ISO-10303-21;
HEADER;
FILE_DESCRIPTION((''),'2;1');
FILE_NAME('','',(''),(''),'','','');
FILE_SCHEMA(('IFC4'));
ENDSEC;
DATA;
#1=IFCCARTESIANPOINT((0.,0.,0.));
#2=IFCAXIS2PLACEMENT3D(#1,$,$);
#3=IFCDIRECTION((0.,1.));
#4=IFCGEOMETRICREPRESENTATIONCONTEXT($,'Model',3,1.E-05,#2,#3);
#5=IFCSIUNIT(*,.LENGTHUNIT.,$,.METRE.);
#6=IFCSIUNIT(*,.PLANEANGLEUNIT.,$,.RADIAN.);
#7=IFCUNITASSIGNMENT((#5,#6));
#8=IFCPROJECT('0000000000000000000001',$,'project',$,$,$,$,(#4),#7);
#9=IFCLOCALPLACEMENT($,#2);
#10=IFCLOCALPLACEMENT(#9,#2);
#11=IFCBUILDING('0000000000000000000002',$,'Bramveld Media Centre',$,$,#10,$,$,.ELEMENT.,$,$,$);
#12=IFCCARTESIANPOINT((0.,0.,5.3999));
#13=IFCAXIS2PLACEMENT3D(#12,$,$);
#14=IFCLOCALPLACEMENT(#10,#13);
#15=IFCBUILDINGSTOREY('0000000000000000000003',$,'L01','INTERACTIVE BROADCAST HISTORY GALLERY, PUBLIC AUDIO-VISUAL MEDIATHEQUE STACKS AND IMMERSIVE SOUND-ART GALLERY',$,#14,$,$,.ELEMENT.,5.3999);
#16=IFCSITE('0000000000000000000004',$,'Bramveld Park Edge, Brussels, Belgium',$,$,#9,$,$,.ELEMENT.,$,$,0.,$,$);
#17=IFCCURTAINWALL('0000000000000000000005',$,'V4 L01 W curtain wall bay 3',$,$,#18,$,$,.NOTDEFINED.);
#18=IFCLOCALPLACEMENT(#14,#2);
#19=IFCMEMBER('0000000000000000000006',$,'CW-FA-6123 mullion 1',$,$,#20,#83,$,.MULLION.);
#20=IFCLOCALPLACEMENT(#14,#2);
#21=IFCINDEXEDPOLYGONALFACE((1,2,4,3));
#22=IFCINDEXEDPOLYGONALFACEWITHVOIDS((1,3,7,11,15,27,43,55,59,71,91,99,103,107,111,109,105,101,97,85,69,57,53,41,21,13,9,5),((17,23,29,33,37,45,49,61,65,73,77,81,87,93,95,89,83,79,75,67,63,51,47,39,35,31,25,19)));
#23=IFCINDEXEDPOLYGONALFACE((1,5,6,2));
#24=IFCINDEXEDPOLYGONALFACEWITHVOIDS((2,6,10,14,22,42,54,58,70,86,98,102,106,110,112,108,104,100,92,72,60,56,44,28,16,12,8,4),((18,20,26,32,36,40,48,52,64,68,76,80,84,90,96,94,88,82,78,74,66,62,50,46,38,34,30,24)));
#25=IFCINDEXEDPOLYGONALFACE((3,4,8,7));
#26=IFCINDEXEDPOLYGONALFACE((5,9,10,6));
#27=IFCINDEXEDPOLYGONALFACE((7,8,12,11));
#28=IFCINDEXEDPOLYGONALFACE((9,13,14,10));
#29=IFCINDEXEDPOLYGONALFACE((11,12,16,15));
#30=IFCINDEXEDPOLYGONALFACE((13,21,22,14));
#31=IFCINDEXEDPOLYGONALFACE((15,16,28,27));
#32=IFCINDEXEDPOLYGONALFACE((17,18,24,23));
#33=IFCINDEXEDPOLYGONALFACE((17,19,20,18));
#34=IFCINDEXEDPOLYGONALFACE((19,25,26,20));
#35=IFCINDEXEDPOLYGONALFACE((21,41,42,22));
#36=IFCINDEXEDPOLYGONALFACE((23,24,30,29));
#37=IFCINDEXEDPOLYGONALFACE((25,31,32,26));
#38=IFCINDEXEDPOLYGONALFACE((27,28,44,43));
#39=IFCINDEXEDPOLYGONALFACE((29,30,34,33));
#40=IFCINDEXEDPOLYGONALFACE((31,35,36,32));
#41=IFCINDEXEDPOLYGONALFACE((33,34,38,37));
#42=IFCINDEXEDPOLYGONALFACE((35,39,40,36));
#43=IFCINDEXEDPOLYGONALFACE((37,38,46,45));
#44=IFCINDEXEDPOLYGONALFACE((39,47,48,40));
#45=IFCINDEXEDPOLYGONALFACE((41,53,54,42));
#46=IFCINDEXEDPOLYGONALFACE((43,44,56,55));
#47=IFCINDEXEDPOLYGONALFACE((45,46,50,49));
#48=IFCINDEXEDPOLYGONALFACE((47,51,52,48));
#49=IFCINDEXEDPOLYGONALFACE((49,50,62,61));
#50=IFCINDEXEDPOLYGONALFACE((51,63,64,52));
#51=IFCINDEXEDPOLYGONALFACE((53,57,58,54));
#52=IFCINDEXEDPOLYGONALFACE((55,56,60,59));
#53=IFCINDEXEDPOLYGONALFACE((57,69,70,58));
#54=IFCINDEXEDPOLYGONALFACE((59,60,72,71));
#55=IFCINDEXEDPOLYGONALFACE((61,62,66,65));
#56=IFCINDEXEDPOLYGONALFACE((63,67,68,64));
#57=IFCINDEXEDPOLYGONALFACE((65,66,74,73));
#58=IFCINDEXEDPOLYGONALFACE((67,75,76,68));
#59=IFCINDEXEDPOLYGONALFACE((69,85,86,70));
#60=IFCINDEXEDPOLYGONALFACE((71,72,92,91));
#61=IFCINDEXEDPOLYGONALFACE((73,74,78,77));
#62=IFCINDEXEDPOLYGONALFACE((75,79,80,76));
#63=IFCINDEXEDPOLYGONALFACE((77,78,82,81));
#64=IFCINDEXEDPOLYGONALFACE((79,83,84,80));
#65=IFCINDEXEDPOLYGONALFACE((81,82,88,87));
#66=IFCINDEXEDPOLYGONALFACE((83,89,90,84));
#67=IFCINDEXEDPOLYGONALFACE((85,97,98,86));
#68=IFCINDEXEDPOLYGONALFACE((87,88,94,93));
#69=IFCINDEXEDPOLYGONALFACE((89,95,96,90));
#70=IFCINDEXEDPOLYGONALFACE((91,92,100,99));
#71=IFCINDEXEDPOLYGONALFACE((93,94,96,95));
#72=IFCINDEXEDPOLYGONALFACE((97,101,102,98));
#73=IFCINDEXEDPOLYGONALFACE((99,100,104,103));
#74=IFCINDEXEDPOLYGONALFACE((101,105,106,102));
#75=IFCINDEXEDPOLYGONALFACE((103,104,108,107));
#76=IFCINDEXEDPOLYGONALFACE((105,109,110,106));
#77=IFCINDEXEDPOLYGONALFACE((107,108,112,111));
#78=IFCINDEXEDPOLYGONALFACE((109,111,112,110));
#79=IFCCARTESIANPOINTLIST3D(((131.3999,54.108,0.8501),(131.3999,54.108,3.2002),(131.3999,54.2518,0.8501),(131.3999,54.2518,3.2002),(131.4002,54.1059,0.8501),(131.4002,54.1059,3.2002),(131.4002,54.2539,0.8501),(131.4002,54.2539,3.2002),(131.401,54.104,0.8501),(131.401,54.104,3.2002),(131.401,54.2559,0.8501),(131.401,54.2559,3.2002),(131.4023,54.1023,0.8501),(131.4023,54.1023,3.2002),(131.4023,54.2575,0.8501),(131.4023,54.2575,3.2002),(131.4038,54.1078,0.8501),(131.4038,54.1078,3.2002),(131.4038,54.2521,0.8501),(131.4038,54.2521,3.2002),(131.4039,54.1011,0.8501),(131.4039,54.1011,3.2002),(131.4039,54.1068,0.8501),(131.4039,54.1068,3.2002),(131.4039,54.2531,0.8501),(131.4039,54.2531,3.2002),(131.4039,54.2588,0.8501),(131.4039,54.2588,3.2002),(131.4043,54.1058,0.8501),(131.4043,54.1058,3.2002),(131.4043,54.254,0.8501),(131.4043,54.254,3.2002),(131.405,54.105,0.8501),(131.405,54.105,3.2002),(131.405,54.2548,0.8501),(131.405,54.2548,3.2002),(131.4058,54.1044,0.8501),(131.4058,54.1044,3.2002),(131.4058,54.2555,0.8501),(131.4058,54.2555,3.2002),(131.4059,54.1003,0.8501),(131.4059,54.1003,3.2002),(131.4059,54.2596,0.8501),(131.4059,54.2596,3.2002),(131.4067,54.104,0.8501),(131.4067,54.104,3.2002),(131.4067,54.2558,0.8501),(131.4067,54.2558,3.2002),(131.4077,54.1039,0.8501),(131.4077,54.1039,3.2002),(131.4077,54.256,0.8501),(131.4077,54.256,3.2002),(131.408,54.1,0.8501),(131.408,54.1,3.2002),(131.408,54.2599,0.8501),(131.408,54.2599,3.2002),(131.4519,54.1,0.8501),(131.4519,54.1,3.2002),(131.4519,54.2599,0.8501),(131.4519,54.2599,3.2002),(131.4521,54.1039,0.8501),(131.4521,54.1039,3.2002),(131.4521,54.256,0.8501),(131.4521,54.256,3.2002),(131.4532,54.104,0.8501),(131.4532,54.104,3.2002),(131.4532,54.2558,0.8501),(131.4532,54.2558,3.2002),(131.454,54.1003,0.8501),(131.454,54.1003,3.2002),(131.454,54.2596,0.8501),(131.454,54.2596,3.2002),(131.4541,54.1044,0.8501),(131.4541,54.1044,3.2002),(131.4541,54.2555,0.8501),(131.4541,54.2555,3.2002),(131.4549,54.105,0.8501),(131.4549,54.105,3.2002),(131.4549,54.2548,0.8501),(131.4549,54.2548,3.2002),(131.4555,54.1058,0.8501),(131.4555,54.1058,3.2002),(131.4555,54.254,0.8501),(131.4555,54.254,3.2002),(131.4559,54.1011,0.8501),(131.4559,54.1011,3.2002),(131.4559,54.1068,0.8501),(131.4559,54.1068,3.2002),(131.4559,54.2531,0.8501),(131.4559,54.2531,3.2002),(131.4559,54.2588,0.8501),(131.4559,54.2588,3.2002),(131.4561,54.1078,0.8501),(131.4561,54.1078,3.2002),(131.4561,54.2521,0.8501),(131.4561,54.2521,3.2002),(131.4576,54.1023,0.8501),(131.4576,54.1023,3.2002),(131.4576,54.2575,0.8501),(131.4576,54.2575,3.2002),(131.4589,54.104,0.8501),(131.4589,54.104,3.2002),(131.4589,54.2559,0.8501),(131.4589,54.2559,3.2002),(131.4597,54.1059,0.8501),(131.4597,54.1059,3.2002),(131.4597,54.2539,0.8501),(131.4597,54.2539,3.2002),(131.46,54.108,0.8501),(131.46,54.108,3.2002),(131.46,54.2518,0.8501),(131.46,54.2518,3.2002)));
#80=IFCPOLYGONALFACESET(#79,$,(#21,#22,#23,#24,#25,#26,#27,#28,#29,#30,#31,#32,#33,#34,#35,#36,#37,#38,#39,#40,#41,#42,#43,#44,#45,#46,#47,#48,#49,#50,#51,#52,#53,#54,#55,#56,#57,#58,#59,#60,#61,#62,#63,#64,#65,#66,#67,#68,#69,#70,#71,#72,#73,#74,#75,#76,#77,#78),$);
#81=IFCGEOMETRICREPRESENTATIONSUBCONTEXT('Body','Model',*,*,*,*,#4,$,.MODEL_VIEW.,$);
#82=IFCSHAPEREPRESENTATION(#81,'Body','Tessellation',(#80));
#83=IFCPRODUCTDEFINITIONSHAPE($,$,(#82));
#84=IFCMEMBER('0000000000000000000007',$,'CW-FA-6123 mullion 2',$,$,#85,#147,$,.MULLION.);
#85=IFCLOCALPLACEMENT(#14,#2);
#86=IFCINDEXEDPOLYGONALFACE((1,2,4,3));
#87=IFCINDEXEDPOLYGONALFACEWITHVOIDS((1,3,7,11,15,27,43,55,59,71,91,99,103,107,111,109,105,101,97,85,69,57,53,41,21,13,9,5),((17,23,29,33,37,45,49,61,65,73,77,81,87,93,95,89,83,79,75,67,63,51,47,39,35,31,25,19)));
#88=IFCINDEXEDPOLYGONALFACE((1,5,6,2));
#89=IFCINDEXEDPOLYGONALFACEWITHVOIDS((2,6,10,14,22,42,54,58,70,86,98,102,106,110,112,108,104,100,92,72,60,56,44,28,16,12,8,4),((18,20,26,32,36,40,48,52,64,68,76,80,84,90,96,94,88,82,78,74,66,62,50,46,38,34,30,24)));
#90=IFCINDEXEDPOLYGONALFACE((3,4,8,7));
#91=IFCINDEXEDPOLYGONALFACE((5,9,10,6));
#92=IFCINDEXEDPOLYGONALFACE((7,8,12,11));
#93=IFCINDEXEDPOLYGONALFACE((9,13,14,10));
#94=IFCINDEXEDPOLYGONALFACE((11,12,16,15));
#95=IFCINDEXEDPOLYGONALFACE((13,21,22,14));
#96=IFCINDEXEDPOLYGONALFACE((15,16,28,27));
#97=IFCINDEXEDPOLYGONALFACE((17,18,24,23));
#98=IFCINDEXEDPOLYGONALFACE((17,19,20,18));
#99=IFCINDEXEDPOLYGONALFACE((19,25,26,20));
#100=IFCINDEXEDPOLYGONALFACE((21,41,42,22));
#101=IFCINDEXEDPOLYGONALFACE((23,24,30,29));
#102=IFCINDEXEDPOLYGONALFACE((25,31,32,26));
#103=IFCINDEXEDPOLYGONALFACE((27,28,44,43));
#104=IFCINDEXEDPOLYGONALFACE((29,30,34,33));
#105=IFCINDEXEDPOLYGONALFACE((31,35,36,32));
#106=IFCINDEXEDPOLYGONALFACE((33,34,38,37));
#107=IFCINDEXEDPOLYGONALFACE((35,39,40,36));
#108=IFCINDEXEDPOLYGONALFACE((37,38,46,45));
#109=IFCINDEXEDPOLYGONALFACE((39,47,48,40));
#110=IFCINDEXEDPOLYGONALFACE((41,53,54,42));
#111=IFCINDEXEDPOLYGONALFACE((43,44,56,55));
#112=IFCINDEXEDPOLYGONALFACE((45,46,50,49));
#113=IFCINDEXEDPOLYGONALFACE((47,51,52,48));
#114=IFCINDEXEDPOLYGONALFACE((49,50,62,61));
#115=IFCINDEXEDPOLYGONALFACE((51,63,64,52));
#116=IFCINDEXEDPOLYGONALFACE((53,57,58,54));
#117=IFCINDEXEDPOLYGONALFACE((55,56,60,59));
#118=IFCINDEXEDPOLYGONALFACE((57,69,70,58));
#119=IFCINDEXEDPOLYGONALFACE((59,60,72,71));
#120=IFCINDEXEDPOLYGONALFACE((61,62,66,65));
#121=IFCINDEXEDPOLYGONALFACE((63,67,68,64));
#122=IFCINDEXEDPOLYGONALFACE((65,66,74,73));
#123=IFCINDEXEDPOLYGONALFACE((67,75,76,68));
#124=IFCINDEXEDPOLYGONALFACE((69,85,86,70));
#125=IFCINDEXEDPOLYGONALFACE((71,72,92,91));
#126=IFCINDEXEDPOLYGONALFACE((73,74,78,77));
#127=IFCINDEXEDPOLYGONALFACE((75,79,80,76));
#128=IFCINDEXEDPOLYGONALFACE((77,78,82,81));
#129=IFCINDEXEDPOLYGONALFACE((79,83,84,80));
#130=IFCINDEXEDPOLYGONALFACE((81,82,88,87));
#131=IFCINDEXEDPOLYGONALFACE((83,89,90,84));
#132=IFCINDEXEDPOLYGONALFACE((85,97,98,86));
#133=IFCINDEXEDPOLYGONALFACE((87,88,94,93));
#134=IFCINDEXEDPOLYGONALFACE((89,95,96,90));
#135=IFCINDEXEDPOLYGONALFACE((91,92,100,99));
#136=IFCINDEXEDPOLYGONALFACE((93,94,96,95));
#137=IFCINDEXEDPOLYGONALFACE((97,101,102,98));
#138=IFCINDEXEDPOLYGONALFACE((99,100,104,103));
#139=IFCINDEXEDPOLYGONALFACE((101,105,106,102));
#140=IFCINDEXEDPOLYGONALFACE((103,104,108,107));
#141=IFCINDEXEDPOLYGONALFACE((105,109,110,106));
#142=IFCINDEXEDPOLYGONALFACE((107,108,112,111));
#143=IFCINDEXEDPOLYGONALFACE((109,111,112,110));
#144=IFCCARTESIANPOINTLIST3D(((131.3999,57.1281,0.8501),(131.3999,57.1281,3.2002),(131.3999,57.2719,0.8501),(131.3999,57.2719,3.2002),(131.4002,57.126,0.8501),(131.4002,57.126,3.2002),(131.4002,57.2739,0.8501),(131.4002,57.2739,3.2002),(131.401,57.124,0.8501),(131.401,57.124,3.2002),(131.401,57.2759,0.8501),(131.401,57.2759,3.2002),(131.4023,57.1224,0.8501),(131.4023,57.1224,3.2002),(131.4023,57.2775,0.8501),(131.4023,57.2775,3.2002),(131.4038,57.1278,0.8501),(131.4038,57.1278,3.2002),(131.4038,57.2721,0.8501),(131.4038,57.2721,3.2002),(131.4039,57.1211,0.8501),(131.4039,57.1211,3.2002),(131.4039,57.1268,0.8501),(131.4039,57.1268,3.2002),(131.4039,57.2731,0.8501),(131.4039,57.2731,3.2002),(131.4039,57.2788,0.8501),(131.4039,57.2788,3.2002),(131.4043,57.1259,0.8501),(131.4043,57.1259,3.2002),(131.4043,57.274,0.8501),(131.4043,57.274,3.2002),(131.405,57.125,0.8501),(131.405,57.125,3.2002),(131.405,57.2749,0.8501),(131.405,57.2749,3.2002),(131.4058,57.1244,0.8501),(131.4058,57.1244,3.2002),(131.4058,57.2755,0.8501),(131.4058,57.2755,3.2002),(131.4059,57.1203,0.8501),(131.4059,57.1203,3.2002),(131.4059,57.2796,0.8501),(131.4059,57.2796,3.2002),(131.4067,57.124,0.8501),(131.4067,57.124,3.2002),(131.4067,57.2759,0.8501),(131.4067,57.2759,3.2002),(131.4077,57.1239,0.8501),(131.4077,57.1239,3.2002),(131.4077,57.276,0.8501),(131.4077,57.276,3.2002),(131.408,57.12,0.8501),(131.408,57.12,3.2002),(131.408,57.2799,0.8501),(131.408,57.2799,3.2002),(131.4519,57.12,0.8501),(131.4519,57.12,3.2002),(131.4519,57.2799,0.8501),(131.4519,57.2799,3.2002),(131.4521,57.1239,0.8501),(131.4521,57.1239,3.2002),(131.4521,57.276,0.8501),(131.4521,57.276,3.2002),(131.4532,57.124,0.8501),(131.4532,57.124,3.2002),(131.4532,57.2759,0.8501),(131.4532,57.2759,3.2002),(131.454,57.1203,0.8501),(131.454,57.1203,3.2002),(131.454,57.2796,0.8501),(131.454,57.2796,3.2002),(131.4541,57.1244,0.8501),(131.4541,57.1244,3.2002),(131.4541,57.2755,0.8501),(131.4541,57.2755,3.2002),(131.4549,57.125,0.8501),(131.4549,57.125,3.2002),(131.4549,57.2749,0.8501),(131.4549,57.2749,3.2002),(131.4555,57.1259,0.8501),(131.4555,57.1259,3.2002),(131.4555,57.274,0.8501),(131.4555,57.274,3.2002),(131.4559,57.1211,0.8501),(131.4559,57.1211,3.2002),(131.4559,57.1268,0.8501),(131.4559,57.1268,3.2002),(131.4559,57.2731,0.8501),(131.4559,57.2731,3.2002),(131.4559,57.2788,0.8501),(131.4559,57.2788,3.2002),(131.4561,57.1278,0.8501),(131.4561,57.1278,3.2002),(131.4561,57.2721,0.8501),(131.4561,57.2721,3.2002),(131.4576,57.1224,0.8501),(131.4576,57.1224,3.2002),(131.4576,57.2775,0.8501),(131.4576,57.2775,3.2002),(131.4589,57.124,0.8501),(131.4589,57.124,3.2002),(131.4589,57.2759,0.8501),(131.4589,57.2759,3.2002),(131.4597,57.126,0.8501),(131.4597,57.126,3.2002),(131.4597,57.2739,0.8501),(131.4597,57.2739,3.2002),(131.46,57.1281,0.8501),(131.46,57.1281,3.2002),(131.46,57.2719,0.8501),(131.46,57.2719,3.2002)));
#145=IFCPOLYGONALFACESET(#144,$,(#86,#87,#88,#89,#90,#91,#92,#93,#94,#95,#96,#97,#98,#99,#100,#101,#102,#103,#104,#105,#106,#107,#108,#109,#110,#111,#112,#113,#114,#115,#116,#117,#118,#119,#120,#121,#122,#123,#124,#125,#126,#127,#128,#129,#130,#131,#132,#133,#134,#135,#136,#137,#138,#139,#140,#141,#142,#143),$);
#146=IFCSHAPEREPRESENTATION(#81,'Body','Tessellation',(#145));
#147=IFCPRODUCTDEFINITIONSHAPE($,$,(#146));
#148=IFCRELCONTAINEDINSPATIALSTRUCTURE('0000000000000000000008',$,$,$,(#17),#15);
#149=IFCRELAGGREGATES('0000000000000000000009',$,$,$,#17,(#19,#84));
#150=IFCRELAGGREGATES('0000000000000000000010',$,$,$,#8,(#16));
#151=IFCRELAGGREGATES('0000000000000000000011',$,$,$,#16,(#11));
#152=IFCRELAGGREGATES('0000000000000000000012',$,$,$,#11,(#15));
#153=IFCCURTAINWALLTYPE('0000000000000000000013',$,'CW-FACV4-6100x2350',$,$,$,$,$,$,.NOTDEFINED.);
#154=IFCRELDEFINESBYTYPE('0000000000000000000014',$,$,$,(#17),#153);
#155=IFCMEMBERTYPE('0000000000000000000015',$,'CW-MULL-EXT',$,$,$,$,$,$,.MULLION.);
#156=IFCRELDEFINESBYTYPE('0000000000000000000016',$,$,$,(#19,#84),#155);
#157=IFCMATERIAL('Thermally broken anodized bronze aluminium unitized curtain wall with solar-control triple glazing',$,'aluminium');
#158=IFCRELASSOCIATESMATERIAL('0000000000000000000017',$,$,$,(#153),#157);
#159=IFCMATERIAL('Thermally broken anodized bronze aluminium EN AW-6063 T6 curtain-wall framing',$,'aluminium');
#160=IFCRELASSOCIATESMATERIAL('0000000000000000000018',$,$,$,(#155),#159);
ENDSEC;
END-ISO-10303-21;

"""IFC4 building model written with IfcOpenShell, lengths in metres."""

from ifc_helpers import new_model, si_unit, direction, frame, origin, origin_2d, place, context, subcontext, project, spatial, hollow_rectangle, extrude, material, material_profile, profile_set, type_object, element, aggregate, save


model = new_model("IFC4")

# Units and contexts
model_context = context("Model", 3, precision=1e-05, world=origin(), true_north=direction((0.0, 1.0)))
body_context = subcontext(model_context, "Body", "Model", "MODEL_VIEW")
ifc_project = project(units=[si_unit("LENGTHUNIT", "METRE"), si_unit("PLANEANGLEUNIT", "RADIAN")], contexts=[model_context])

# Site, building, storey
site_placement = place(None, origin())
site = spatial("IfcSite", under=ifc_project, at=site_placement, Name="Bramveld Park Edge, Brussels, Belgium", CompositionType="ELEMENT", RefElevation=0.0)
building_placement = place(site_placement, origin())
building = spatial("IfcBuilding", under=site, at=building_placement, Name="Bramveld Media Centre", CompositionType="ELEMENT")
storey_placement = place(building_placement, frame((0.0, 0.0, 5.3999)))
storey = spatial("IfcBuildingStorey", under=building, at=storey_placement, Name="L01", Description="INTERACTIVE BROADCAST HISTORY GALLERY, PUBLIC AUDIO-VISUAL MEDIATHEQUE STACKS AND IMMERSIVE SOUND-ART GALLERY", CompositionType="ELEMENT", Elevation=5.3999)

# Curtain wall, members
ifc_material_1 = material(Name="Thermally broken anodized bronze aluminium unitized curtain wall with solar-control triple glazing", Category="aluminium")
curtain_wall_type = type_object("IfcCurtainWallType", Name="CW-FACV4-6100x2350", PredefinedType="NOTDEFINED", material=ifc_material_1)
ifc_material_2 = material(Name="Thermally broken anodized bronze aluminium EN AW-6063 T6 curtain-wall framing", Category="aluminium")
ifc_material_profile_1 = material_profile(ifc_material_2, hollow_rectangle(XDim=0.0601, YDim=0.1599, WallThickness=0.0039, InnerFilletRadius=0.0039, OuterFilletRadius=0.0081, at=origin_2d()), Name="AL-MULL 60x160")
ifc_profile_set_1 = profile_set([ifc_material_profile_1], Name="Thermally broken anodized bronze aluminium EN AW-6063 T6 curtain-wall framing")
member_type_1 = type_object("IfcMemberType", Name="CW-MULL-EXT", PredefinedType="MULLION", material=ifc_profile_set_1)
curtain_wall_1_placement = place(storey_placement, origin())
curtain_wall_1 = element("IfcCurtainWall", 1, at=curtain_wall_1_placement, inside=storey, type_object=curtain_wall_type, Name="V4 L01 W curtain wall bay 3", PredefinedType="NOTDEFINED")
member_1_placement = place(storey_placement, frame((131.4299, 54.1799, 0.8501), z_axis=(0.0, 0.0, 1.0), x_axis=(-1.0, 0.0, 0.0)))
member_1 = element("IfcMember", 2, at=member_1_placement, type_object=member_type_1, Name="CW-FA-6123 mullion 1", PredefinedType="MULLION", context=body_context, shape_type="SweptSolid", body=[
    extrude(hollow_rectangle(XDim=0.0601, YDim=0.1599, WallThickness=0.0039, InnerFilletRadius=0.0039, OuterFilletRadius=0.0081, at=origin_2d()), origin(), (0.0, 0.0, 1.0), 2.3501),
])
member_2_placement = place(storey_placement, frame((131.4299, 57.2, 0.8501), z_axis=(0.0, 0.0, 1.0), x_axis=(-1.0, 0.0, 0.0)))
member_2 = element("IfcMember", 3, at=member_2_placement, type_object=member_type_1, Name="CW-FA-6123 mullion 2", PredefinedType="MULLION", context=body_context, shape_type="SweptSolid", body=[
    extrude(hollow_rectangle(XDim=0.0601, YDim=0.1599, WallThickness=0.0039, InnerFilletRadius=0.0039, OuterFilletRadius=0.0081, at=origin_2d()), origin(), (0.0, 0.0, 1.0), 2.3501),
])

aggregate(curtain_wall_1, [member_1, member_2])

save(model, "model.ifc")
